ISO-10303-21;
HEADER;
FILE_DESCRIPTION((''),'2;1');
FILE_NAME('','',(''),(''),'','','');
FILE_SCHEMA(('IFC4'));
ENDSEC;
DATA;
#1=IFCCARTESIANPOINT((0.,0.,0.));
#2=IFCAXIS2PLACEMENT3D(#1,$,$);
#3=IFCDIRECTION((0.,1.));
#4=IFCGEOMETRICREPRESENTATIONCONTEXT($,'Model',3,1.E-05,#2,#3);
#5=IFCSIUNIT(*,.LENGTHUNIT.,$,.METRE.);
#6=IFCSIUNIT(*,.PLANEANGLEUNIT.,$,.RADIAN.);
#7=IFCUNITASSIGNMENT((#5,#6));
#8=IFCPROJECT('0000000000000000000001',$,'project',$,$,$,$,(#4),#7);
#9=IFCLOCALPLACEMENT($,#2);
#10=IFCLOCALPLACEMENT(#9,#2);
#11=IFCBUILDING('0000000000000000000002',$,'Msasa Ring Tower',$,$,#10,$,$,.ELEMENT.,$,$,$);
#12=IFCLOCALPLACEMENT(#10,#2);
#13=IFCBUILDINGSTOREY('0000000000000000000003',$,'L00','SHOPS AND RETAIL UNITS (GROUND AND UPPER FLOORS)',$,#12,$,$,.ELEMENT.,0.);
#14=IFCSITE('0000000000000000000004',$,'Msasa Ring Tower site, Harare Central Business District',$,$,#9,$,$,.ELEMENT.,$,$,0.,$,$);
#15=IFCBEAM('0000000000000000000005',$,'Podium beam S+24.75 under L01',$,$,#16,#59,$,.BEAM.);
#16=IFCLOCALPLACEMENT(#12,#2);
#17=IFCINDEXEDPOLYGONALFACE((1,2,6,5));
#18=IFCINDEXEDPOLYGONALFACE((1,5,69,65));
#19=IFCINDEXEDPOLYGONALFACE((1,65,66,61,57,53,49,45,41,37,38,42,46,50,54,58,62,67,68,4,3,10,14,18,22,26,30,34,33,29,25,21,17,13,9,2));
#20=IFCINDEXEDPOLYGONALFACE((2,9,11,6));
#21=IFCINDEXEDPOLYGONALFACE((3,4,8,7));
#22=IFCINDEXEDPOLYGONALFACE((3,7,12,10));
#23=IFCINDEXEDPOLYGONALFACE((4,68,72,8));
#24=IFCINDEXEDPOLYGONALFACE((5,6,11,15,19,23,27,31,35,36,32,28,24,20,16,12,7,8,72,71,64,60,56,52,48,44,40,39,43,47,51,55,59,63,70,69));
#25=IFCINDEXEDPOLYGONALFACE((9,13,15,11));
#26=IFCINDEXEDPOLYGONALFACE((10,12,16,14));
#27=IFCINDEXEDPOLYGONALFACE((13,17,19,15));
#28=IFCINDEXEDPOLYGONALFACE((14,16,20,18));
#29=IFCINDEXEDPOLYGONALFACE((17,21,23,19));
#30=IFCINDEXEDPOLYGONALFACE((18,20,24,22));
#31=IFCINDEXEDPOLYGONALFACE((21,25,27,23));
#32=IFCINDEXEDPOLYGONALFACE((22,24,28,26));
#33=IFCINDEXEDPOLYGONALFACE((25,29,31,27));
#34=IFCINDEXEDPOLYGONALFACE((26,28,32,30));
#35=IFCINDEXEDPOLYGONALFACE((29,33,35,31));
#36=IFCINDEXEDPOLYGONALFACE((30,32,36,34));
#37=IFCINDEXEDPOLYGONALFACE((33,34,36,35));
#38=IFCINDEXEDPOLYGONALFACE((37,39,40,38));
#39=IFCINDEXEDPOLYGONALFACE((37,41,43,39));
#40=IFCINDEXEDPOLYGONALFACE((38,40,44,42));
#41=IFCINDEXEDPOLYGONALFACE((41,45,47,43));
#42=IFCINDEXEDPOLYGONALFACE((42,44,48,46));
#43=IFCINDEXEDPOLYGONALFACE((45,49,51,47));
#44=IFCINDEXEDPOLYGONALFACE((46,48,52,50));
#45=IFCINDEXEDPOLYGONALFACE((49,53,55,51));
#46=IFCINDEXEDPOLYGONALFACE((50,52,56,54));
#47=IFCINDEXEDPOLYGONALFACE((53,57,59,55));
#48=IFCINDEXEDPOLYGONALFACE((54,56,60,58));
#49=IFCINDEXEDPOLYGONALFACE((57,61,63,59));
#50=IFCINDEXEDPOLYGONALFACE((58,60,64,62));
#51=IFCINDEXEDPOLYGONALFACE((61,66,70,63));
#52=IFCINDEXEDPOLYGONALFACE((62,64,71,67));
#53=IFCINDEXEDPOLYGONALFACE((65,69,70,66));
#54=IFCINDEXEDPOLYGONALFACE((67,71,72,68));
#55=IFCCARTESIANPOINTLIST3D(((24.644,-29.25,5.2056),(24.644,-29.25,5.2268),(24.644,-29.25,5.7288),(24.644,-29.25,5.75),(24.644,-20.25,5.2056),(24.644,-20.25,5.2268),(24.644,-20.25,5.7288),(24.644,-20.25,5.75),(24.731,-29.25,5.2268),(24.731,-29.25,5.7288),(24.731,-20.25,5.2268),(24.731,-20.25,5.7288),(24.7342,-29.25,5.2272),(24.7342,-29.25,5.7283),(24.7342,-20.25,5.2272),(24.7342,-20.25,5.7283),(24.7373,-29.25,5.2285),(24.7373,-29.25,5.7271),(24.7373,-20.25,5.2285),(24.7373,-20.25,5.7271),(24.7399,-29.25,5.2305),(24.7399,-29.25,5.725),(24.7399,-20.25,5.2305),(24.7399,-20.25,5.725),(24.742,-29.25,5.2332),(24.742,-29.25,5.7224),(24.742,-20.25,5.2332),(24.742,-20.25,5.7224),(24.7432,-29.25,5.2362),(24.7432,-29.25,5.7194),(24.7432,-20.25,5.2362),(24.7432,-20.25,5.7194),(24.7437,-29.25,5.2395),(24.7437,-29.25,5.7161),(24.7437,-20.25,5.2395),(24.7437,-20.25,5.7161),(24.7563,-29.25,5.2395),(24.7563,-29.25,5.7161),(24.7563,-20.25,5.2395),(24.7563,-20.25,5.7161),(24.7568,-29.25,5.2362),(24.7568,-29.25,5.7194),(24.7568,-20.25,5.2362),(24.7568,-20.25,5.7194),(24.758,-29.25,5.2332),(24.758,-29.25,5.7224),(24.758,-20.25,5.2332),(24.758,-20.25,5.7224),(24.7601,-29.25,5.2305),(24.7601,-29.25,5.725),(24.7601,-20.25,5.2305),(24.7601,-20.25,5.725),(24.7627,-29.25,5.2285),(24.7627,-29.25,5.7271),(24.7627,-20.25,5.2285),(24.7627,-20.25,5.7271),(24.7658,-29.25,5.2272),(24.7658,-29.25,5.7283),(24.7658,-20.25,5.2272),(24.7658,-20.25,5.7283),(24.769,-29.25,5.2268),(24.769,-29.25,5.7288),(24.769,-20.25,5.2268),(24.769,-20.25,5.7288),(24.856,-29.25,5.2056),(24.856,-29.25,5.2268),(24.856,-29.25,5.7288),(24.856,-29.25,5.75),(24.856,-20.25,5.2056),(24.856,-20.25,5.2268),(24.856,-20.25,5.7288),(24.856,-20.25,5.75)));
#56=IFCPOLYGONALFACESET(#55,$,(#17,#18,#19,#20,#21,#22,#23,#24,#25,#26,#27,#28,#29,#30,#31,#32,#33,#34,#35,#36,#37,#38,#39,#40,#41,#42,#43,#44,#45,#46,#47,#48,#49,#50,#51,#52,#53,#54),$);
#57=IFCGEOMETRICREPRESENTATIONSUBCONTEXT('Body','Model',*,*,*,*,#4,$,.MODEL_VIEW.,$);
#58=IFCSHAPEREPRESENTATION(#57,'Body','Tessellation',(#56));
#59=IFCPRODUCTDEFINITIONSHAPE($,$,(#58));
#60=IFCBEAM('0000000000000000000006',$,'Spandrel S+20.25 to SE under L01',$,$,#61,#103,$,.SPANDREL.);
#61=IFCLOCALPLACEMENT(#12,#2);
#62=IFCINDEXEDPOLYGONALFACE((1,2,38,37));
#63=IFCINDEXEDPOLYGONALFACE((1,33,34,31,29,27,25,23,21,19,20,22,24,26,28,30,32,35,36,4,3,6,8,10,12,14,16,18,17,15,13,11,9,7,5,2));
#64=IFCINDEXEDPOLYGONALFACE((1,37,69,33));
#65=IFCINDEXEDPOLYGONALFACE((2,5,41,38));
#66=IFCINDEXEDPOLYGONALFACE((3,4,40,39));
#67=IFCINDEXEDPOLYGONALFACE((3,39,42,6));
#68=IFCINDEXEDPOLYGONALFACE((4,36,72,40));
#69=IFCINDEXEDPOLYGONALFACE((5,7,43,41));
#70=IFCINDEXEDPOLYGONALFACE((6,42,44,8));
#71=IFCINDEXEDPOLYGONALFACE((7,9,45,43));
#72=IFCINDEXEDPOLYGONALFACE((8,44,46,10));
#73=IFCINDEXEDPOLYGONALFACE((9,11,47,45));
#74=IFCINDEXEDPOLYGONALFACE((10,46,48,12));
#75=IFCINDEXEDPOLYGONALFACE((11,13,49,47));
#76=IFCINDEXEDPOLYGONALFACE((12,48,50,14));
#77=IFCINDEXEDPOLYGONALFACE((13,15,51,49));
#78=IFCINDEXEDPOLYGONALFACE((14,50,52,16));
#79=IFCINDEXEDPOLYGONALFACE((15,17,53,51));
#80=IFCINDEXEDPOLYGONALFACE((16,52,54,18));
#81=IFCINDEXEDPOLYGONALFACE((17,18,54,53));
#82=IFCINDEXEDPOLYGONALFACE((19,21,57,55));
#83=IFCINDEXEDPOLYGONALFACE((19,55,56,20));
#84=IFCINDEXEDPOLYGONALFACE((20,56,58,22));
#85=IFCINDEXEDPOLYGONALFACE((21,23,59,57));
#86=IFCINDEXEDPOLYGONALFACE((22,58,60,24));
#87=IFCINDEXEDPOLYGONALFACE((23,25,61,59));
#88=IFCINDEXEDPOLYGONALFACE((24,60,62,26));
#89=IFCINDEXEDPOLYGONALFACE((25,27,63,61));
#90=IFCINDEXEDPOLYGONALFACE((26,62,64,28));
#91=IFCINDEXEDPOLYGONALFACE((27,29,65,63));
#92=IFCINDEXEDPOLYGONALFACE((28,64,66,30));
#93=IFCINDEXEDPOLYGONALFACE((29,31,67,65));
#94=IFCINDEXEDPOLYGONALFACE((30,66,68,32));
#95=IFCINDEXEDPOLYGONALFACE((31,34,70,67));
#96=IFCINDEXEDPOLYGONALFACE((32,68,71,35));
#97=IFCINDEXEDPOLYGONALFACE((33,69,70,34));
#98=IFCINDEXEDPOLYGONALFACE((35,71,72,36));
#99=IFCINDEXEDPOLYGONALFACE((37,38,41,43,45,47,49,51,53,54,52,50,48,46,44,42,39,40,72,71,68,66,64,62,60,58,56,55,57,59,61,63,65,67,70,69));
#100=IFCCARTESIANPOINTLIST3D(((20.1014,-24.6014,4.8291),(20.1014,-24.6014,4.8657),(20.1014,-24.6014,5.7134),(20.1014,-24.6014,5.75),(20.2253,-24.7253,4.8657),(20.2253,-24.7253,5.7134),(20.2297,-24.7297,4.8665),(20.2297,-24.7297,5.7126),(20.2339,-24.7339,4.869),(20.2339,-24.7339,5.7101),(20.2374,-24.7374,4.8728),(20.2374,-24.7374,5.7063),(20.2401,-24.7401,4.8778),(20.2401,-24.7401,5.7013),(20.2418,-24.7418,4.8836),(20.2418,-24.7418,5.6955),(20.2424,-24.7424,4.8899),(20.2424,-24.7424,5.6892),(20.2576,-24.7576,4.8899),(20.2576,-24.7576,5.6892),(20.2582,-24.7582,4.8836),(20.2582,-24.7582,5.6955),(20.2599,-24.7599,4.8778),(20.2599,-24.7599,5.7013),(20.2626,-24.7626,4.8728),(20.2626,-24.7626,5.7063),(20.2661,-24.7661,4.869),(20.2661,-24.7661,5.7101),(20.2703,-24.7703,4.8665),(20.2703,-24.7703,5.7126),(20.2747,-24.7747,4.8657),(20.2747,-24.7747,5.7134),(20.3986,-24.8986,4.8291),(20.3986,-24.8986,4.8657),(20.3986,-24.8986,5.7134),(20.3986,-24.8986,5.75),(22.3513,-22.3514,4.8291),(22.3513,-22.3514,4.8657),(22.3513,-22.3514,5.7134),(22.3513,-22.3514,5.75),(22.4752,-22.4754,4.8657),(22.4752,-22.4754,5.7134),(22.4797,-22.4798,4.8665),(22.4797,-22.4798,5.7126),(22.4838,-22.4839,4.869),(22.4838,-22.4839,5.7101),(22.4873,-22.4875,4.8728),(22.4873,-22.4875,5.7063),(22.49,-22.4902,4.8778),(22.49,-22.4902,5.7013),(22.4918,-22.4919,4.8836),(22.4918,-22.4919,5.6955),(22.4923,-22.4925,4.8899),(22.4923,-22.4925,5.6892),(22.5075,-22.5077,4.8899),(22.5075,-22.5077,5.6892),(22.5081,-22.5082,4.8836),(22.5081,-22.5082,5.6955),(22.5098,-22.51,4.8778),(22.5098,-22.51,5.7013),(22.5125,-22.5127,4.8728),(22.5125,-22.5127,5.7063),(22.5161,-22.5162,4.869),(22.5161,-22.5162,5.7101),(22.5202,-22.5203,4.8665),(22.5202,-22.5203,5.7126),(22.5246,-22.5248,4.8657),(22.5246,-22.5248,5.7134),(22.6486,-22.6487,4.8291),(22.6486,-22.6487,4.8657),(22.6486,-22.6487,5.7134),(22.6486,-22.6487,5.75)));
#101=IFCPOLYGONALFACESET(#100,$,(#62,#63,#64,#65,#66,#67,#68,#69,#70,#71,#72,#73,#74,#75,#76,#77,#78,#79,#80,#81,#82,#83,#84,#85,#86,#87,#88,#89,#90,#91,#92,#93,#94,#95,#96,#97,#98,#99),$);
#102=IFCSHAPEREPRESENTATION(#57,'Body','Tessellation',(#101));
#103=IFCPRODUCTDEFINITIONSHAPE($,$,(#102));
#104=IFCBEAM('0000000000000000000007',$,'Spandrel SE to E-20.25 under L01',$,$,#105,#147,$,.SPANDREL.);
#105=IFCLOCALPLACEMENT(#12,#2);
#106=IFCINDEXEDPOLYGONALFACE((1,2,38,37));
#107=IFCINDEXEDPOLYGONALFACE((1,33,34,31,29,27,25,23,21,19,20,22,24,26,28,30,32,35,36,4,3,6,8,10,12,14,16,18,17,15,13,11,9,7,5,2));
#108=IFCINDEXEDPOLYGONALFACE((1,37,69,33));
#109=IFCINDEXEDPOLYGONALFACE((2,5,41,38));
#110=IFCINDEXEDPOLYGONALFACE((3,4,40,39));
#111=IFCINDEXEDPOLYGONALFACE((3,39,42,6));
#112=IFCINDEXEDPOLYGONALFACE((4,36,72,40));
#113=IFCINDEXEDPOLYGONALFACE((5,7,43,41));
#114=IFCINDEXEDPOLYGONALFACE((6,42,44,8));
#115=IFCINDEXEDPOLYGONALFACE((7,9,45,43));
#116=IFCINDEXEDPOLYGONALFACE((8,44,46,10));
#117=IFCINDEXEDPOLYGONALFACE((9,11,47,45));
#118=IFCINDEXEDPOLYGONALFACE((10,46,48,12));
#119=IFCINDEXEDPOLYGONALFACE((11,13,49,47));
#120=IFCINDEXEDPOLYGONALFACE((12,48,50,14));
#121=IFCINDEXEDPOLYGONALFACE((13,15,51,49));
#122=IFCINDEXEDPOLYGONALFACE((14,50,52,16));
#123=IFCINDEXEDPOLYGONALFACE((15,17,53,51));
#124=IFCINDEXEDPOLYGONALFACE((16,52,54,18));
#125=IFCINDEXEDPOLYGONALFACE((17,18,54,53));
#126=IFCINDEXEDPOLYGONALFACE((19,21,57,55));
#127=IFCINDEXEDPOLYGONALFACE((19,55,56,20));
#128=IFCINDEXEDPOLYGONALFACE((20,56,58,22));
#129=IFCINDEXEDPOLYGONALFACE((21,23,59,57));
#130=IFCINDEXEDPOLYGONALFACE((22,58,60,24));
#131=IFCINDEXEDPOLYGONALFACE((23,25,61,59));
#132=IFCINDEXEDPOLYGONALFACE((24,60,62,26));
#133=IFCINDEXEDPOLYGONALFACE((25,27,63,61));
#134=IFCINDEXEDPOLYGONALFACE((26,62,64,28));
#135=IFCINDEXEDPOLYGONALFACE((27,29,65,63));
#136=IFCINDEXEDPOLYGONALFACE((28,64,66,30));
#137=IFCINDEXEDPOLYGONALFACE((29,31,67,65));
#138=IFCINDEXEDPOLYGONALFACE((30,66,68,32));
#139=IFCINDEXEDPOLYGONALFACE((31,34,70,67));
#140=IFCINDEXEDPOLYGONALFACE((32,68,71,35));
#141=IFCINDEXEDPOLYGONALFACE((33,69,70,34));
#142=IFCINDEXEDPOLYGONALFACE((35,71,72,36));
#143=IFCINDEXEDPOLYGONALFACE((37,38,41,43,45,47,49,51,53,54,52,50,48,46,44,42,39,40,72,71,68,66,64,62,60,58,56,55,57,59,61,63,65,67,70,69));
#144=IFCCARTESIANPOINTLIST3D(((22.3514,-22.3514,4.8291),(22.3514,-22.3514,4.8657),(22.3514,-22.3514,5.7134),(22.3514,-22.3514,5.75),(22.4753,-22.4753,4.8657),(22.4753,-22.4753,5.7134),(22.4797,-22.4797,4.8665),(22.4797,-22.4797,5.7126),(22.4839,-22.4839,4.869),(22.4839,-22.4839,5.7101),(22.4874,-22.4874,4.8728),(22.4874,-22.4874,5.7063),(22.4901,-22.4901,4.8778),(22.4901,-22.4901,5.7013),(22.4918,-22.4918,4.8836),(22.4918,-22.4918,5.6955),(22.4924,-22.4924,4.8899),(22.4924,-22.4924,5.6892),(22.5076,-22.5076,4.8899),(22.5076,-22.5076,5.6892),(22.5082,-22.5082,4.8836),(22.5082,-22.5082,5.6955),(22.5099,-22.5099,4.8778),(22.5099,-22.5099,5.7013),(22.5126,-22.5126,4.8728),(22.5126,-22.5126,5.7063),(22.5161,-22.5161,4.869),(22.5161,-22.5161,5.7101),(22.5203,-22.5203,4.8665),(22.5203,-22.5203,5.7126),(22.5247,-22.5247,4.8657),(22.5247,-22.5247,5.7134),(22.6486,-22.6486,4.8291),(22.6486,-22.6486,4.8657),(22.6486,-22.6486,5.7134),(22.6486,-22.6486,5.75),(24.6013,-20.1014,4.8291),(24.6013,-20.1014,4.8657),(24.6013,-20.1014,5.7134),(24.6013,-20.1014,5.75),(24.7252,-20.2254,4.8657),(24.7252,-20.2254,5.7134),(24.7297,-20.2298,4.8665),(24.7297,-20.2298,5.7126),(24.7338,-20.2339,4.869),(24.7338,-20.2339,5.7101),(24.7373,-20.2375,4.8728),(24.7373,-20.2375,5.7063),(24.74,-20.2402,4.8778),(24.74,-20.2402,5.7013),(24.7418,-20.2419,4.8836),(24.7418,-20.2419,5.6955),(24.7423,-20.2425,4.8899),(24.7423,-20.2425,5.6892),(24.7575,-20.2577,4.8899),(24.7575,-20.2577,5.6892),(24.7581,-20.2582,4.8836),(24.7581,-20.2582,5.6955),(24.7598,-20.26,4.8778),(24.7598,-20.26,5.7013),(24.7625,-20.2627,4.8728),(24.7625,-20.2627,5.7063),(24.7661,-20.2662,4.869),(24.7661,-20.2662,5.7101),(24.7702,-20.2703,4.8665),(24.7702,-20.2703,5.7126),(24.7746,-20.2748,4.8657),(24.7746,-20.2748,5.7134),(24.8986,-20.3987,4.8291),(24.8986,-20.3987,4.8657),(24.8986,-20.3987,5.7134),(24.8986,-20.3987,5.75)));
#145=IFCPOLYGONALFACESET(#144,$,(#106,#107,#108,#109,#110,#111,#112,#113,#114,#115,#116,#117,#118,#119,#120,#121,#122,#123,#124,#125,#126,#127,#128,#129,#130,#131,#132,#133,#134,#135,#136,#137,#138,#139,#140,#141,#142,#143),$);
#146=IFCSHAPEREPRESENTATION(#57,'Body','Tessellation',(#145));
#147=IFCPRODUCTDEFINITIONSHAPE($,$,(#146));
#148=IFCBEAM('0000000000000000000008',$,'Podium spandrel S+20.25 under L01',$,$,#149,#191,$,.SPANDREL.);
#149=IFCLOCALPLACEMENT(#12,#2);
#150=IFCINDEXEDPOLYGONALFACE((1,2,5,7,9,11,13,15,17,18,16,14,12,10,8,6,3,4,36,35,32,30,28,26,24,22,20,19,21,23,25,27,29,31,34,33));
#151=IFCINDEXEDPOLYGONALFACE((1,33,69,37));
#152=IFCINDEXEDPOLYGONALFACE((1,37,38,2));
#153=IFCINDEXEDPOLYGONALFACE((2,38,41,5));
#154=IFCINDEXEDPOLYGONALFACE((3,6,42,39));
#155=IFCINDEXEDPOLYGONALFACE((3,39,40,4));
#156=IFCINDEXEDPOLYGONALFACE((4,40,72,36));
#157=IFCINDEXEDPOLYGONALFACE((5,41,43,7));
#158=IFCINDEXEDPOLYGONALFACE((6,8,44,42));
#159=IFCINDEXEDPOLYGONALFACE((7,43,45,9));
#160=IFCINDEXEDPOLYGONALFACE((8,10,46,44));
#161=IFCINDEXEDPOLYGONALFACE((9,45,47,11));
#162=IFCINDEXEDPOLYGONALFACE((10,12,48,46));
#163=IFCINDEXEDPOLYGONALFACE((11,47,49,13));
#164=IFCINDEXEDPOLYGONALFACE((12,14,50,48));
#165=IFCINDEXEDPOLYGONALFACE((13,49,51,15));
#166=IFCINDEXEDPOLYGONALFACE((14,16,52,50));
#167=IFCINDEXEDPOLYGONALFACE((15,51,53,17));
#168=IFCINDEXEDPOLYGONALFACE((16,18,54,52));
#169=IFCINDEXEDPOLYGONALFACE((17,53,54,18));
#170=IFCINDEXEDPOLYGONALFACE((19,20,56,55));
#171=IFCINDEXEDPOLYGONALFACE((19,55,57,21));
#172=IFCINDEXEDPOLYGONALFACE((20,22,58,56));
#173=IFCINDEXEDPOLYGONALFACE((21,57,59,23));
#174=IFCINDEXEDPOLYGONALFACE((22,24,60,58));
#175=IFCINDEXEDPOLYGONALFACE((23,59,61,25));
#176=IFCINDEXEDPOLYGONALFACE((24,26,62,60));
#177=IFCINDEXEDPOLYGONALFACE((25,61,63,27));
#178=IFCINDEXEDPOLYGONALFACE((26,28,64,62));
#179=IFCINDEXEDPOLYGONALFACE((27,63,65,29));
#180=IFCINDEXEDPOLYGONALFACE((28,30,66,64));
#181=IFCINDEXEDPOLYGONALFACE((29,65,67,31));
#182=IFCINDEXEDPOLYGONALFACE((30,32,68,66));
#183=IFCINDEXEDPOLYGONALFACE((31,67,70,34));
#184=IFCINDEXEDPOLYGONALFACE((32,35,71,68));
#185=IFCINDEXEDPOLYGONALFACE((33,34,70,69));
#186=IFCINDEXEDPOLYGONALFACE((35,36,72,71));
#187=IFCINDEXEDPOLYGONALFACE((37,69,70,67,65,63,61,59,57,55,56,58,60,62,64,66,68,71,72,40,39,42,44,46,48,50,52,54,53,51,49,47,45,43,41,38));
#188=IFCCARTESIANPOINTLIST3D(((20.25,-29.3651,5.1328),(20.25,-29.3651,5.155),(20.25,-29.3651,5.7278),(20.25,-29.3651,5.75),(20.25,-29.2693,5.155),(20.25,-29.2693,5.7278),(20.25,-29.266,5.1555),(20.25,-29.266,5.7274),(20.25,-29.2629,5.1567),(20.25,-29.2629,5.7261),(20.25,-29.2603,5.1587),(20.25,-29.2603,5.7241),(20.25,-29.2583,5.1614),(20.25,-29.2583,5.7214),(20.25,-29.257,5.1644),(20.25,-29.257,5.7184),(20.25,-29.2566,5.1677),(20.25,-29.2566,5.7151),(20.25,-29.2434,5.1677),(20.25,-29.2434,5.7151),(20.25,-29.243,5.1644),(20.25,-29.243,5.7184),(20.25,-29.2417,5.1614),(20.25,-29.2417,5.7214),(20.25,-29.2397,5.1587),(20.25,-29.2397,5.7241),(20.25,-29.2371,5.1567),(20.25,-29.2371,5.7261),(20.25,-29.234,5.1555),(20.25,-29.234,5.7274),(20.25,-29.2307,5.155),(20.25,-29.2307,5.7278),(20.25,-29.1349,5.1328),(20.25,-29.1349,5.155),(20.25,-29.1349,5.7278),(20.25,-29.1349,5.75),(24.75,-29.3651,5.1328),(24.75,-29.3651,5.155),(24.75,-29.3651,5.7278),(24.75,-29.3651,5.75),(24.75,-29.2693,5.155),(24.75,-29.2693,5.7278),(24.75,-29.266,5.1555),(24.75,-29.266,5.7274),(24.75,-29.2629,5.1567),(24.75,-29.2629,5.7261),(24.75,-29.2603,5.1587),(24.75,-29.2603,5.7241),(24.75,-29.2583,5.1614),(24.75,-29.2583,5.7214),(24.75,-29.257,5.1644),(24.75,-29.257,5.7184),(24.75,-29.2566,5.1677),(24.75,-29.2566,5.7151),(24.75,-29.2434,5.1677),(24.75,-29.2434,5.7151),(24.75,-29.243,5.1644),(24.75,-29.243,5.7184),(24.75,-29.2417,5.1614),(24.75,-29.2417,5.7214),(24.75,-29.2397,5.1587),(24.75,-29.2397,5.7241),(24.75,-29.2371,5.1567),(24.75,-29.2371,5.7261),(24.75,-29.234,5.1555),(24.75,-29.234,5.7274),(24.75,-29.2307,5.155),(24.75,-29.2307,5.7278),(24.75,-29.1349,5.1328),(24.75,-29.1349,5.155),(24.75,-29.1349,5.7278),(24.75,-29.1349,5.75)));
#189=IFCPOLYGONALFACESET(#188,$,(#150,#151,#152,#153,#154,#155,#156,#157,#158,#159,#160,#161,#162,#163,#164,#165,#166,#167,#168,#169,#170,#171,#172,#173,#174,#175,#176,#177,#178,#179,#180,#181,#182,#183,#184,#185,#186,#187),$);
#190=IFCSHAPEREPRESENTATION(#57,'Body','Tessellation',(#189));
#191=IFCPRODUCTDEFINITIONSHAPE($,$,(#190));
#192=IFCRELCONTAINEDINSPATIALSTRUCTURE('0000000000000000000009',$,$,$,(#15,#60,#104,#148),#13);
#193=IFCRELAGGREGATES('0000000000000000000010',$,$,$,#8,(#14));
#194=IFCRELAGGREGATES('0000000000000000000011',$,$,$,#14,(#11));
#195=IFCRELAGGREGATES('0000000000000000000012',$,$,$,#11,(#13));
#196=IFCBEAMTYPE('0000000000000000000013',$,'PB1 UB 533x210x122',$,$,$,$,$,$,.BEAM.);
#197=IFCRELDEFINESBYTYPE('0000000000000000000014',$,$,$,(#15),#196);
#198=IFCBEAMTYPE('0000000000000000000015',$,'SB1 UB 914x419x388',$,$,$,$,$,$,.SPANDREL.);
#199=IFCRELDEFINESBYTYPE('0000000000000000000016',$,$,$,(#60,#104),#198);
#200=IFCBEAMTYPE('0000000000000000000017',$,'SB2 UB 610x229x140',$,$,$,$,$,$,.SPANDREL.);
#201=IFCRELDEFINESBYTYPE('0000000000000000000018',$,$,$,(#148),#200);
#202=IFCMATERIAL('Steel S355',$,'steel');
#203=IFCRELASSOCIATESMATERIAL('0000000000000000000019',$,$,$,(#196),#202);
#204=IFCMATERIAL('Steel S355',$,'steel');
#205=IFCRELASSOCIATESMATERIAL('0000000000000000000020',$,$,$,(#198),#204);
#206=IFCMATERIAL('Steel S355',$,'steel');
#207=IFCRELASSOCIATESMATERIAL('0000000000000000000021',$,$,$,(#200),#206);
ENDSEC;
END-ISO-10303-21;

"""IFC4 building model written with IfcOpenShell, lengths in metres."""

from ifc_helpers import new_model, si_unit, direction, frame, origin, origin_2d, place, context, subcontext, project, spatial, i_section, extrude, material, material_profile, profile_set, type_object, element, save


model = new_model("IFC4")

# Units and contexts
model_context = context("Model", 3, precision=1e-05, world=origin(), true_north=direction((0.0, 1.0)))
body_context = subcontext(model_context, "Body", "Model", "MODEL_VIEW")
ifc_project = project(units=[si_unit("LENGTHUNIT", "METRE"), si_unit("PLANEANGLEUNIT", "RADIAN")], contexts=[model_context])

# Site, building, storey
site_placement = place(None, origin())
site = spatial("IfcSite", under=ifc_project, at=site_placement, Name="Msasa Ring Tower site, Harare Central Business District", CompositionType="ELEMENT", RefElevation=0.0)
building_placement = place(site_placement, origin())
building = spatial("IfcBuilding", under=site, at=building_placement, Name="Msasa Ring Tower", CompositionType="ELEMENT")
storey_placement = place(building_placement, origin())
storey = spatial("IfcBuildingStorey", under=building, at=storey_placement, Name="L00", Description="SHOPS AND RETAIL UNITS (GROUND AND UPPER FLOORS)", CompositionType="ELEMENT", Elevation=0.0)

# Beams
ifc_material_1 = material(Name="Steel S355", Category="steel")
ifc_material_profile_1 = material_profile(ifc_material_1, i_section(OverallWidth=0.2119, OverallDepth=0.5444, WebThickness=0.0127, FlangeThickness=0.0212, FilletRadius=0.0127, at=origin_2d()), Name="UB 533x210x122")
ifc_profile_set_1 = profile_set([ifc_material_profile_1], Name="Steel S355")
beam_type_1 = type_object("IfcBeamType", Name="PB1 UB 533x210x122", PredefinedType="BEAM", material=ifc_profile_set_1)
beam_1_placement = place(storey_placement, frame((24.75, -29.25, 5.4778), z_axis=(0.0, 1.0, 0.0), x_axis=(-1.0, 0.0, 0.0)))
element("IfcBeam", 1, at=beam_1_placement, inside=storey, type_object=beam_type_1, Name="Podium beam S+24.75 under L01", PredefinedType="BEAM", context=body_context, shape_type="SweptSolid", body=[
    extrude(i_section(OverallWidth=0.2119, OverallDepth=0.5444, WebThickness=0.0127, FlangeThickness=0.0212, FilletRadius=0.0127, at=origin_2d()), origin(), (0.0, 0.0, 1.0), 9.0),
])
ifc_material_2 = material(Name="Steel S355", Category="steel")
ifc_material_profile_2 = material_profile(ifc_material_2, i_section(OverallWidth=0.4204, OverallDepth=0.9209, WebThickness=0.0215, FlangeThickness=0.0366, FilletRadius=0.0242, at=origin_2d()), Name="UB 914x419x388")
ifc_profile_set_2 = profile_set([ifc_material_profile_2], Name="Steel S355")
beam_type_2 = type_object("IfcBeamType", Name="SB1 UB 914x419x388", PredefinedType="SPANDREL", material=ifc_profile_set_2)
for number, where, z_axis, x_axis, name in (
    (2, (20.25, -24.75, 5.2896), (0.707107, 0.707107, 0.0), (-0.707107, 0.707107, 0.0), "Spandrel S+20.25 to SE under L01"),
    (3, (22.5, -22.5, 5.2896), (0.707107, 0.707107, 0.0), (-0.707107, 0.707107, 0.0), "Spandrel SE to E-20.25 under L01"),
):
    element("IfcBeam", number, at=place(storey_placement, frame(where, z_axis=z_axis, x_axis=x_axis)), inside=storey, type_object=beam_type_2, Name=name, PredefinedType="SPANDREL", context=body_context, shape_type="SweptSolid", body=[
        extrude(i_section(OverallWidth=0.4204, OverallDepth=0.9209, WebThickness=0.0215, FlangeThickness=0.0366, FilletRadius=0.0242, at=origin_2d()), origin(), (0.0, 0.0, 1.0), 3.1819),
    ])
ifc_material_3 = material(Name="Steel S355", Category="steel")
ifc_material_profile_3 = material_profile(ifc_material_3, i_section(OverallWidth=0.2302, OverallDepth=0.6172, WebThickness=0.0132, FlangeThickness=0.0222, FilletRadius=0.0127, at=origin_2d()), Name="UB 610x229x140")
ifc_profile_set_3 = profile_set([ifc_material_profile_3], Name="Steel S355")
beam_type_3 = type_object("IfcBeamType", Name="SB2 UB 610x229x140", PredefinedType="SPANDREL", material=ifc_profile_set_3)
beam_2_placement = place(storey_placement, frame((20.25, -29.25, 5.4414), z_axis=(1.0, 0.0, 0.0), x_axis=(0.0, 1.0, 0.0)))
element("IfcBeam", 4, at=beam_2_placement, inside=storey, type_object=beam_type_3, Name="Podium spandrel S+20.25 under L01", PredefinedType="SPANDREL", context=body_context, shape_type="SweptSolid", body=[
    extrude(i_section(OverallWidth=0.2302, OverallDepth=0.6172, WebThickness=0.0132, FlangeThickness=0.0222, FilletRadius=0.0127, at=origin_2d()), origin(), (0.0, 0.0, 1.0), 4.5),
])

save(model, "model.ifc")
